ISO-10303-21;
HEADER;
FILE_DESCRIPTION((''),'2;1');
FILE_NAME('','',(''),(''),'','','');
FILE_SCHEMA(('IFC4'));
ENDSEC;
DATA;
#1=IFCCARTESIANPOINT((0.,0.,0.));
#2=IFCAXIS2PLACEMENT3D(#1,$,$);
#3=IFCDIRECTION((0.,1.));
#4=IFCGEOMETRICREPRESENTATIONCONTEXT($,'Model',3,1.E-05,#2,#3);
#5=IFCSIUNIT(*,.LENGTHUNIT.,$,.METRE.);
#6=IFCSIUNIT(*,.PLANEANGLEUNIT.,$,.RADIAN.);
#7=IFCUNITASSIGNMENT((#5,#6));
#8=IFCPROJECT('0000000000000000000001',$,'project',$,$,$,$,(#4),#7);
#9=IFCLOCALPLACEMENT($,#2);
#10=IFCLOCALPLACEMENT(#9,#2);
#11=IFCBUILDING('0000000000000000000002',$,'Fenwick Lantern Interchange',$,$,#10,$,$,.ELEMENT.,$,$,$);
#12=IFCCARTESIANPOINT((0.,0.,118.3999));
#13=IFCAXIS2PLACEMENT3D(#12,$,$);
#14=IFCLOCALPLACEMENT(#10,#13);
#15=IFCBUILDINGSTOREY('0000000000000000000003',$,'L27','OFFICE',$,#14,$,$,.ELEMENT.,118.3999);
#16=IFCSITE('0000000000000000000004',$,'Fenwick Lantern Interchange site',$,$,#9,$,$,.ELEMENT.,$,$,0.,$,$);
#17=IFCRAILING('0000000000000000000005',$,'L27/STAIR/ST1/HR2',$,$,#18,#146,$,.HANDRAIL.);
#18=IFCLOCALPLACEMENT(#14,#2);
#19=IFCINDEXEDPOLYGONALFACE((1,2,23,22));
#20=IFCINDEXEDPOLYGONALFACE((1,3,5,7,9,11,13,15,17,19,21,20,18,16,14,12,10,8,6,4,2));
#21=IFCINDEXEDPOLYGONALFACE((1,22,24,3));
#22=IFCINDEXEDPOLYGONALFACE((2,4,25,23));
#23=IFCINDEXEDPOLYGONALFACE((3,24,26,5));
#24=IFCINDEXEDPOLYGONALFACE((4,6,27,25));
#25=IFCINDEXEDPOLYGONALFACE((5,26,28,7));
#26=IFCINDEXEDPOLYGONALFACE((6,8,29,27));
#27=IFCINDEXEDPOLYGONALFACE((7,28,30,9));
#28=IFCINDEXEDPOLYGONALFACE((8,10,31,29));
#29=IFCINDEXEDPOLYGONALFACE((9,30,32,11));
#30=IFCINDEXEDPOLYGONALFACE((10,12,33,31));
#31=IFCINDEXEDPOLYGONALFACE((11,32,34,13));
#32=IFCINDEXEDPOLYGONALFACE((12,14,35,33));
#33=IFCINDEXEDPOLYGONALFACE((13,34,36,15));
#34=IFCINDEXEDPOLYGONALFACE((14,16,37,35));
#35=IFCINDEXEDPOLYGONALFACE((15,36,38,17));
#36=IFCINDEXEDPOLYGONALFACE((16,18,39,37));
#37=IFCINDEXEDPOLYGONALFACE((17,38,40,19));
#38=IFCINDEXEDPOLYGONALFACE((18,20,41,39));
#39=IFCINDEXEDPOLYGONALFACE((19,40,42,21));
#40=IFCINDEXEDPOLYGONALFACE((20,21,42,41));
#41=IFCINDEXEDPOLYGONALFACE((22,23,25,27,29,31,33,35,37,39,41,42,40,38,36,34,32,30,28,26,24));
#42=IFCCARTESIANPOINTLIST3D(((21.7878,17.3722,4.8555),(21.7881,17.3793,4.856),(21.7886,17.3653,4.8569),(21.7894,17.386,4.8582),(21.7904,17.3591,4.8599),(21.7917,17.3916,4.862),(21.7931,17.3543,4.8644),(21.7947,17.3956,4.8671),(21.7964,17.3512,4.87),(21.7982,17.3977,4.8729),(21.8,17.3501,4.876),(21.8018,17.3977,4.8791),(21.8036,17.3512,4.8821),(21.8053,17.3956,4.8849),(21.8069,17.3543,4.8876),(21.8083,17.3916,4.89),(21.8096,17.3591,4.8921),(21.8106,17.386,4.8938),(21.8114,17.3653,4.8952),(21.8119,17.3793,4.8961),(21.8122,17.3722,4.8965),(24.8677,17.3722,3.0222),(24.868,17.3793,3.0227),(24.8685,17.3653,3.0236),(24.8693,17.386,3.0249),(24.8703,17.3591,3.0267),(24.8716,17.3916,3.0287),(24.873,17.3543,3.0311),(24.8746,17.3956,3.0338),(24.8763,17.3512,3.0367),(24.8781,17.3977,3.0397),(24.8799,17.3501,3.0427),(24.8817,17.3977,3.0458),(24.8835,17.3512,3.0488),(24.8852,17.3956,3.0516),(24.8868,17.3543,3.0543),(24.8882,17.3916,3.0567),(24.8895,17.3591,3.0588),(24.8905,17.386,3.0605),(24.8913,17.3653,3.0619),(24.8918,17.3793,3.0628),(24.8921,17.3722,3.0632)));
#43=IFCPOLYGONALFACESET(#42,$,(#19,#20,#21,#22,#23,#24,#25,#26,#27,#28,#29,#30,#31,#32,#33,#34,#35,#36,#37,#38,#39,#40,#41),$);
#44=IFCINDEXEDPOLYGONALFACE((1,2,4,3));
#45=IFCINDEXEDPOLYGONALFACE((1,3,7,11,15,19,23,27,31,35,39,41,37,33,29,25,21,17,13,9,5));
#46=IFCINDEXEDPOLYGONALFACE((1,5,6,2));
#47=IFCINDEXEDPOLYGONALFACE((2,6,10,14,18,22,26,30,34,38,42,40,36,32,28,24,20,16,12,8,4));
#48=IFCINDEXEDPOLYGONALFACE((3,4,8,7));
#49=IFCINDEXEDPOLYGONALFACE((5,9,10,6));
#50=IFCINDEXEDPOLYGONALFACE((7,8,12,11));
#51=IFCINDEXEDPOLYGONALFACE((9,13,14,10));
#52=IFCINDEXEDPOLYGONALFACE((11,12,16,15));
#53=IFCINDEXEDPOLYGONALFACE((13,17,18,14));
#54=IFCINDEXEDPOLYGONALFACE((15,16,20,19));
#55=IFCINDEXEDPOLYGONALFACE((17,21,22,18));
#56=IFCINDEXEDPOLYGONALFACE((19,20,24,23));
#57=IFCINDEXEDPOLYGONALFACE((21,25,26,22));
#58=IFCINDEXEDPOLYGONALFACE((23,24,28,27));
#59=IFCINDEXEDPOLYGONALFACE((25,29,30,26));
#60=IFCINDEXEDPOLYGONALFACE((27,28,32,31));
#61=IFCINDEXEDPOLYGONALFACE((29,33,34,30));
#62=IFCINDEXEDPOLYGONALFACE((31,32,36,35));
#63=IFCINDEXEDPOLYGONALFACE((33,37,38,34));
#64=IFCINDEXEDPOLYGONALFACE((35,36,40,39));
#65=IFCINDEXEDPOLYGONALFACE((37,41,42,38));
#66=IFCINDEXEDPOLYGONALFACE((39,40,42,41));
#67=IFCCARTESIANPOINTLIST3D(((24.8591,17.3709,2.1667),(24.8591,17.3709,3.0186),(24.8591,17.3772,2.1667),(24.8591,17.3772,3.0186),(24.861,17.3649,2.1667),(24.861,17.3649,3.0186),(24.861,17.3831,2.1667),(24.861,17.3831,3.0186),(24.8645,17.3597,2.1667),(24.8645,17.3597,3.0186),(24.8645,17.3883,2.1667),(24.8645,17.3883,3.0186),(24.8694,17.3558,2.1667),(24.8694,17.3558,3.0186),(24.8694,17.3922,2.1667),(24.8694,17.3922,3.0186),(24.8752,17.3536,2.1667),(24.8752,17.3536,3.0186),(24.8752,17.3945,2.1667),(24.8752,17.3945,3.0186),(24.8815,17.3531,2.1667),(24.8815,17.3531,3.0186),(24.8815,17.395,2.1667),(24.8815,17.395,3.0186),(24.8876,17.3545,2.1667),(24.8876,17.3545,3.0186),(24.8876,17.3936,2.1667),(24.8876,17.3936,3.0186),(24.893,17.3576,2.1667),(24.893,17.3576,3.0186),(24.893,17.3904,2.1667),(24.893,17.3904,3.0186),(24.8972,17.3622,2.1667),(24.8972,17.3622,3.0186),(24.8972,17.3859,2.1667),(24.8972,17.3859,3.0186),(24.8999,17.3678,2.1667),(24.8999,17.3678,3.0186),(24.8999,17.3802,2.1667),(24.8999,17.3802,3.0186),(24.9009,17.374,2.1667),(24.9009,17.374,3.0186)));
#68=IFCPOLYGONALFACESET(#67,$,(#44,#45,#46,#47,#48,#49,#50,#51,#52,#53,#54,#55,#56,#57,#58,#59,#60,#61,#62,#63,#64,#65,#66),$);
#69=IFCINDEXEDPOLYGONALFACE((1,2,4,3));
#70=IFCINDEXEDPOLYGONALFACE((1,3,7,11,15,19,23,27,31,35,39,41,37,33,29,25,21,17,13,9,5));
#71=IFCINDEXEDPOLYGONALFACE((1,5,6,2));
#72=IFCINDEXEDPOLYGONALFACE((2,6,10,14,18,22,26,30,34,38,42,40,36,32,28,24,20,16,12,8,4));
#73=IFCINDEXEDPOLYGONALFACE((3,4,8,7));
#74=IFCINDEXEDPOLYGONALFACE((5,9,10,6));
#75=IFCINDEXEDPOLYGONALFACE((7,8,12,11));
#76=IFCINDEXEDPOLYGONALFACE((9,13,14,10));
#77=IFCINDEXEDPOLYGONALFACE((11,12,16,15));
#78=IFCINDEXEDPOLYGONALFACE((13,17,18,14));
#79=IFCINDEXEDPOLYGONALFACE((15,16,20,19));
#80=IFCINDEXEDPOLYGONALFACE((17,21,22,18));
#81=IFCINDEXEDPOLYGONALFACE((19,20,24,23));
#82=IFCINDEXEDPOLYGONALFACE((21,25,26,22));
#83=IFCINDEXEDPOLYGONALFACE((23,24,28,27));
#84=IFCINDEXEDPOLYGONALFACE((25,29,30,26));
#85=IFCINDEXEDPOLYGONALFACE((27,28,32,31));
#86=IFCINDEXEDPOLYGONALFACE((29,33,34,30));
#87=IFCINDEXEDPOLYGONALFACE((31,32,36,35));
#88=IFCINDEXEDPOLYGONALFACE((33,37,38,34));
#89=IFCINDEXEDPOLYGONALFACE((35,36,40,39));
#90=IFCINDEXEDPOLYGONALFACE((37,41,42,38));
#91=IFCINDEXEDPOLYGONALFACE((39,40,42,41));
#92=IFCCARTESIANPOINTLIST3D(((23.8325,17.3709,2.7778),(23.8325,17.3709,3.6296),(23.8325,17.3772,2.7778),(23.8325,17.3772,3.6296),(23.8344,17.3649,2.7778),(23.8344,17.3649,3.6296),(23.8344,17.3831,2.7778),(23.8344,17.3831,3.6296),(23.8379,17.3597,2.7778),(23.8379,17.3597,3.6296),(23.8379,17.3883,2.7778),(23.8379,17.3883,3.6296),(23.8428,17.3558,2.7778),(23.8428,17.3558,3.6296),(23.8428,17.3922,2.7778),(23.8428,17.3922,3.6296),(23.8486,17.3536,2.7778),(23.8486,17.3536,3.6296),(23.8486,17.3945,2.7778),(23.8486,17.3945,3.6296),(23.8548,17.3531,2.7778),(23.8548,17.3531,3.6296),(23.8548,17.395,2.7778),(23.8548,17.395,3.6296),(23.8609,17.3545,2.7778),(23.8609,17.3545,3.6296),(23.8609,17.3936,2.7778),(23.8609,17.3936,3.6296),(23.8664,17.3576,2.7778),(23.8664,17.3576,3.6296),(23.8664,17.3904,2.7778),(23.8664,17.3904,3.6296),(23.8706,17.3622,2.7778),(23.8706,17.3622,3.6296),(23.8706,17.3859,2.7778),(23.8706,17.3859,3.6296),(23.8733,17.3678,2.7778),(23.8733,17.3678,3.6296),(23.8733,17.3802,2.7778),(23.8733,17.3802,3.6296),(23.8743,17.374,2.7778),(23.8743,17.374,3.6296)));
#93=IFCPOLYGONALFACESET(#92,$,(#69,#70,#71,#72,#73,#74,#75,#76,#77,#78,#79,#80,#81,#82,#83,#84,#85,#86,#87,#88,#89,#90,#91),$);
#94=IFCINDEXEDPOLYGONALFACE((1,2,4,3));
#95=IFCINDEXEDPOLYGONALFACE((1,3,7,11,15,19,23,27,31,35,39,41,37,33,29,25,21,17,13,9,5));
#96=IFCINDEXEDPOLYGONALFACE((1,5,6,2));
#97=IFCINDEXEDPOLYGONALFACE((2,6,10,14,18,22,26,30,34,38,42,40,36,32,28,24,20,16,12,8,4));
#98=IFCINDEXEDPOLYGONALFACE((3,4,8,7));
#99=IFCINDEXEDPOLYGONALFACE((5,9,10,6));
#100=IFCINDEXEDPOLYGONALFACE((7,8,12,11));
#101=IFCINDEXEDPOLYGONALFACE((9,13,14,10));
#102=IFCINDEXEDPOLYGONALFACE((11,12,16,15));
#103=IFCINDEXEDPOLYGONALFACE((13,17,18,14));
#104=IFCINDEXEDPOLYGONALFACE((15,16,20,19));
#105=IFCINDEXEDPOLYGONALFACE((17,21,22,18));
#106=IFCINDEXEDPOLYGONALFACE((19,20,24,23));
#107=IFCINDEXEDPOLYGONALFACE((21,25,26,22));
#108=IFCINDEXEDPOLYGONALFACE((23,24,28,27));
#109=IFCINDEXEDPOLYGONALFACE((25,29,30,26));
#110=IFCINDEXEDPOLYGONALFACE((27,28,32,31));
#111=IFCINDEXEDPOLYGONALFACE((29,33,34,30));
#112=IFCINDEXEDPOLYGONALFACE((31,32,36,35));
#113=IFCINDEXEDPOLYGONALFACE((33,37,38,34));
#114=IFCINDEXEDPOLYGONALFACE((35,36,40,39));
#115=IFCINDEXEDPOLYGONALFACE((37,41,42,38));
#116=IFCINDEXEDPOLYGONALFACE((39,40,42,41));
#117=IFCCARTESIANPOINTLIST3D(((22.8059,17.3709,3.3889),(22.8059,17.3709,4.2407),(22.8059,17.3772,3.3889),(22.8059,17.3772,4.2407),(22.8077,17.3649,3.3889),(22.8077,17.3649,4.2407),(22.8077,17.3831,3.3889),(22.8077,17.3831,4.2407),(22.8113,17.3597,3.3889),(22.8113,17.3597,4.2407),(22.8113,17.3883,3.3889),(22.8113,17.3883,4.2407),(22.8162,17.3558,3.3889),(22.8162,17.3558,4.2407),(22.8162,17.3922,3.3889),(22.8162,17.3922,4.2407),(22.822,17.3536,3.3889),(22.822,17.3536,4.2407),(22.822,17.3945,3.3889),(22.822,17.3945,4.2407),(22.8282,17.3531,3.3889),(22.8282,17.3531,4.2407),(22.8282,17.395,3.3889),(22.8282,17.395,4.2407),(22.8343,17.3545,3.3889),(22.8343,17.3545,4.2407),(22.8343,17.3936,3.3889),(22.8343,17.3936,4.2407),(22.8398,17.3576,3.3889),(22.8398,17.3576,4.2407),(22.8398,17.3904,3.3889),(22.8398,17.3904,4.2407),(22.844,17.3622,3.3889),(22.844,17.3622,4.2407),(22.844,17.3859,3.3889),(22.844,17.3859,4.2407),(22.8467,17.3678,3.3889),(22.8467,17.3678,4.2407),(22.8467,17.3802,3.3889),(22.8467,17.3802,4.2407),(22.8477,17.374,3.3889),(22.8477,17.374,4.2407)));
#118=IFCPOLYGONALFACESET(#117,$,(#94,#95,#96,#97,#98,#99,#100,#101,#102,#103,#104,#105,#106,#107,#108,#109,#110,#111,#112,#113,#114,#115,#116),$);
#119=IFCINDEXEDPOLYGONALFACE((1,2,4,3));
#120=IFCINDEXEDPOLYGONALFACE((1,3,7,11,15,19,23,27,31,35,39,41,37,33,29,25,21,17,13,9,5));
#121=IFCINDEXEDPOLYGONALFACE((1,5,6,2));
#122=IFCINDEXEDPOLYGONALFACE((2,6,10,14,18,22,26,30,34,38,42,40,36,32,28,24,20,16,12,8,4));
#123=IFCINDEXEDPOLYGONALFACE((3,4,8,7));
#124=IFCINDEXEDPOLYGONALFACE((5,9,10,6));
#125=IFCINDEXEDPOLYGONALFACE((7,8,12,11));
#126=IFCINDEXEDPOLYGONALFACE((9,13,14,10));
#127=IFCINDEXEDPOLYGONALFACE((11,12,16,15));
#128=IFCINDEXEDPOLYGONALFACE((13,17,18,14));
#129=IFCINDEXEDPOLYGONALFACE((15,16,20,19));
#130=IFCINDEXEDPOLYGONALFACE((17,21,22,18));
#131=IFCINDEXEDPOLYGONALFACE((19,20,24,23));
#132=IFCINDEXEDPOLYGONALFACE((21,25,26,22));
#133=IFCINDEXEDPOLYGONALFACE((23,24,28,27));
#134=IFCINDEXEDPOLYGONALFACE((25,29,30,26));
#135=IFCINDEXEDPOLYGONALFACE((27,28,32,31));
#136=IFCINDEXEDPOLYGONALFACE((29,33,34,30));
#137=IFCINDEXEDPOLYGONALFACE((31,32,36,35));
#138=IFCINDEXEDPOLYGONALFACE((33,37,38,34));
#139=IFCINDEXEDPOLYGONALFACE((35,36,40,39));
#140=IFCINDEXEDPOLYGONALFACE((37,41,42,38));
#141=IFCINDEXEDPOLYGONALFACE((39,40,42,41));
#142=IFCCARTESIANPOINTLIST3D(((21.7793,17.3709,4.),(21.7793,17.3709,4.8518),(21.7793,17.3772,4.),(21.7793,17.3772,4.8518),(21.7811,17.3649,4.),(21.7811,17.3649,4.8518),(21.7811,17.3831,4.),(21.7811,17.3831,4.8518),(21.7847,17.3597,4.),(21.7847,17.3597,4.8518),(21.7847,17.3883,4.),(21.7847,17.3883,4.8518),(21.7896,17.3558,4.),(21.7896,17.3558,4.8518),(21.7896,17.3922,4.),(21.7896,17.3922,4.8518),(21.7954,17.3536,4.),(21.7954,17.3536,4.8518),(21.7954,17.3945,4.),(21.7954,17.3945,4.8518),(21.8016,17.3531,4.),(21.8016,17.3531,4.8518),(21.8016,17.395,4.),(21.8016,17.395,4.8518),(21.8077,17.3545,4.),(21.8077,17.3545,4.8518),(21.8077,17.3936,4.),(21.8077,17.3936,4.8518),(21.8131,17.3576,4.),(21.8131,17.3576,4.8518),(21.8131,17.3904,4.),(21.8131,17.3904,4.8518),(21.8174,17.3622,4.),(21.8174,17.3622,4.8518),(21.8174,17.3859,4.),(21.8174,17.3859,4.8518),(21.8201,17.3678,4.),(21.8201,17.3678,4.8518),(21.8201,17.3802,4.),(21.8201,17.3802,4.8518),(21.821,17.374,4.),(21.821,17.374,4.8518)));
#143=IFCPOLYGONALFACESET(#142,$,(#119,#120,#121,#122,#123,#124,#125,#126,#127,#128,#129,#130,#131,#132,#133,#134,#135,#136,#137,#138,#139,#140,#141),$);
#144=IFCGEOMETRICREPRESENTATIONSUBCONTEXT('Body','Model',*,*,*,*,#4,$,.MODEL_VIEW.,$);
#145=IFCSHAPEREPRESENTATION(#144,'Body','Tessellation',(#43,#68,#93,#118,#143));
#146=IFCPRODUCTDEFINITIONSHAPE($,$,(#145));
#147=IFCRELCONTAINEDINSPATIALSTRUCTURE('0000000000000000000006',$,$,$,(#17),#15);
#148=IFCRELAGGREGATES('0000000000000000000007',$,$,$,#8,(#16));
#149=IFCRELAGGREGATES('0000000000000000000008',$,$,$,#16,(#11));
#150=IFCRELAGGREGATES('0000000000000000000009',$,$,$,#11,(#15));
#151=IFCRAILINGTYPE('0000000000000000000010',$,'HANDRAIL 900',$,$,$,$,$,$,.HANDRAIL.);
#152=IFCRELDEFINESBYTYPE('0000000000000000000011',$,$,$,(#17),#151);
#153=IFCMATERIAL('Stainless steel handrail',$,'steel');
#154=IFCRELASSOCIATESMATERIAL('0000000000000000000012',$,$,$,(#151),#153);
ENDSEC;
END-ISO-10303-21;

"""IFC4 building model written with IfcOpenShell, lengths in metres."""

from ifc_helpers import new_model, si_unit, direction, frame, origin, origin_2d, place, context, subcontext, project, spatial, circle, extrude, material, type_object, element, save


model = new_model("IFC4")

# Units and contexts
model_context = context("Model", 3, precision=1e-05, world=origin(), true_north=direction((0.0, 1.0)))
body_context = subcontext(model_context, "Body", "Model", "MODEL_VIEW")
ifc_project = project(units=[si_unit("LENGTHUNIT", "METRE"), si_unit("PLANEANGLEUNIT", "RADIAN")], contexts=[model_context])

# Site, building, storey
site_placement = place(None, origin())
site = spatial("IfcSite", under=ifc_project, at=site_placement, Name="Fenwick Lantern Interchange site", CompositionType="ELEMENT", RefElevation=0.0)
building_placement = place(site_placement, origin())
building = spatial("IfcBuilding", under=site, at=building_placement, Name="Fenwick Lantern Interchange", CompositionType="ELEMENT")
storey_placement = place(building_placement, frame((0.0, 0.0, 118.3999)))
storey = spatial("IfcBuildingStorey", under=building, at=storey_placement, Name="L27", Description="OFFICE", CompositionType="ELEMENT", Elevation=118.3999)

# Railing
ifc_material_1 = material(Name="Stainless steel handrail", Category="steel")
railing_type = type_object("IfcRailingType", Name="HANDRAIL 900", PredefinedType="HANDRAIL", material=ifc_material_1)
railing_1_placement = place(storey_placement, frame((24.8799, 17.374, 2.1667)))
element("IfcRailing", 1, at=railing_1_placement, inside=storey, type_object=railing_type, Name="L27/STAIR/ST1/HR2", PredefinedType="HANDRAIL", context=body_context, shape_type="SweptSolid", body=[
    extrude(circle(Radius=0.0239, at=origin_2d()), frame((0.0, 0.0, 0.876), z_axis=(-0.859291, 0.0, 0.511487), x_axis=(0.0, -1.0, 0.0)), (0.0, 0.0, 1.0), 3.5842),
    extrude(circle(Radius=0.021, at=origin_2d()), origin(), (0.0, 0.0, 1.0), 0.8518),
    extrude(circle(Radius=0.021, at=origin_2d()), frame((-1.0266, 0.0, 0.6111)), (0.0, 0.0, 1.0), 0.8518),
    extrude(circle(Radius=0.021, at=origin_2d()), frame((-2.0532, 0.0, 1.2222)), (0.0, 0.0, 1.0), 0.8518),
    extrude(circle(Radius=0.021, at=origin_2d()), frame((-3.0798, 0.0, 1.8333)), (0.0, 0.0, 1.0), 0.8518),
])

save(model, "model.ifc")
